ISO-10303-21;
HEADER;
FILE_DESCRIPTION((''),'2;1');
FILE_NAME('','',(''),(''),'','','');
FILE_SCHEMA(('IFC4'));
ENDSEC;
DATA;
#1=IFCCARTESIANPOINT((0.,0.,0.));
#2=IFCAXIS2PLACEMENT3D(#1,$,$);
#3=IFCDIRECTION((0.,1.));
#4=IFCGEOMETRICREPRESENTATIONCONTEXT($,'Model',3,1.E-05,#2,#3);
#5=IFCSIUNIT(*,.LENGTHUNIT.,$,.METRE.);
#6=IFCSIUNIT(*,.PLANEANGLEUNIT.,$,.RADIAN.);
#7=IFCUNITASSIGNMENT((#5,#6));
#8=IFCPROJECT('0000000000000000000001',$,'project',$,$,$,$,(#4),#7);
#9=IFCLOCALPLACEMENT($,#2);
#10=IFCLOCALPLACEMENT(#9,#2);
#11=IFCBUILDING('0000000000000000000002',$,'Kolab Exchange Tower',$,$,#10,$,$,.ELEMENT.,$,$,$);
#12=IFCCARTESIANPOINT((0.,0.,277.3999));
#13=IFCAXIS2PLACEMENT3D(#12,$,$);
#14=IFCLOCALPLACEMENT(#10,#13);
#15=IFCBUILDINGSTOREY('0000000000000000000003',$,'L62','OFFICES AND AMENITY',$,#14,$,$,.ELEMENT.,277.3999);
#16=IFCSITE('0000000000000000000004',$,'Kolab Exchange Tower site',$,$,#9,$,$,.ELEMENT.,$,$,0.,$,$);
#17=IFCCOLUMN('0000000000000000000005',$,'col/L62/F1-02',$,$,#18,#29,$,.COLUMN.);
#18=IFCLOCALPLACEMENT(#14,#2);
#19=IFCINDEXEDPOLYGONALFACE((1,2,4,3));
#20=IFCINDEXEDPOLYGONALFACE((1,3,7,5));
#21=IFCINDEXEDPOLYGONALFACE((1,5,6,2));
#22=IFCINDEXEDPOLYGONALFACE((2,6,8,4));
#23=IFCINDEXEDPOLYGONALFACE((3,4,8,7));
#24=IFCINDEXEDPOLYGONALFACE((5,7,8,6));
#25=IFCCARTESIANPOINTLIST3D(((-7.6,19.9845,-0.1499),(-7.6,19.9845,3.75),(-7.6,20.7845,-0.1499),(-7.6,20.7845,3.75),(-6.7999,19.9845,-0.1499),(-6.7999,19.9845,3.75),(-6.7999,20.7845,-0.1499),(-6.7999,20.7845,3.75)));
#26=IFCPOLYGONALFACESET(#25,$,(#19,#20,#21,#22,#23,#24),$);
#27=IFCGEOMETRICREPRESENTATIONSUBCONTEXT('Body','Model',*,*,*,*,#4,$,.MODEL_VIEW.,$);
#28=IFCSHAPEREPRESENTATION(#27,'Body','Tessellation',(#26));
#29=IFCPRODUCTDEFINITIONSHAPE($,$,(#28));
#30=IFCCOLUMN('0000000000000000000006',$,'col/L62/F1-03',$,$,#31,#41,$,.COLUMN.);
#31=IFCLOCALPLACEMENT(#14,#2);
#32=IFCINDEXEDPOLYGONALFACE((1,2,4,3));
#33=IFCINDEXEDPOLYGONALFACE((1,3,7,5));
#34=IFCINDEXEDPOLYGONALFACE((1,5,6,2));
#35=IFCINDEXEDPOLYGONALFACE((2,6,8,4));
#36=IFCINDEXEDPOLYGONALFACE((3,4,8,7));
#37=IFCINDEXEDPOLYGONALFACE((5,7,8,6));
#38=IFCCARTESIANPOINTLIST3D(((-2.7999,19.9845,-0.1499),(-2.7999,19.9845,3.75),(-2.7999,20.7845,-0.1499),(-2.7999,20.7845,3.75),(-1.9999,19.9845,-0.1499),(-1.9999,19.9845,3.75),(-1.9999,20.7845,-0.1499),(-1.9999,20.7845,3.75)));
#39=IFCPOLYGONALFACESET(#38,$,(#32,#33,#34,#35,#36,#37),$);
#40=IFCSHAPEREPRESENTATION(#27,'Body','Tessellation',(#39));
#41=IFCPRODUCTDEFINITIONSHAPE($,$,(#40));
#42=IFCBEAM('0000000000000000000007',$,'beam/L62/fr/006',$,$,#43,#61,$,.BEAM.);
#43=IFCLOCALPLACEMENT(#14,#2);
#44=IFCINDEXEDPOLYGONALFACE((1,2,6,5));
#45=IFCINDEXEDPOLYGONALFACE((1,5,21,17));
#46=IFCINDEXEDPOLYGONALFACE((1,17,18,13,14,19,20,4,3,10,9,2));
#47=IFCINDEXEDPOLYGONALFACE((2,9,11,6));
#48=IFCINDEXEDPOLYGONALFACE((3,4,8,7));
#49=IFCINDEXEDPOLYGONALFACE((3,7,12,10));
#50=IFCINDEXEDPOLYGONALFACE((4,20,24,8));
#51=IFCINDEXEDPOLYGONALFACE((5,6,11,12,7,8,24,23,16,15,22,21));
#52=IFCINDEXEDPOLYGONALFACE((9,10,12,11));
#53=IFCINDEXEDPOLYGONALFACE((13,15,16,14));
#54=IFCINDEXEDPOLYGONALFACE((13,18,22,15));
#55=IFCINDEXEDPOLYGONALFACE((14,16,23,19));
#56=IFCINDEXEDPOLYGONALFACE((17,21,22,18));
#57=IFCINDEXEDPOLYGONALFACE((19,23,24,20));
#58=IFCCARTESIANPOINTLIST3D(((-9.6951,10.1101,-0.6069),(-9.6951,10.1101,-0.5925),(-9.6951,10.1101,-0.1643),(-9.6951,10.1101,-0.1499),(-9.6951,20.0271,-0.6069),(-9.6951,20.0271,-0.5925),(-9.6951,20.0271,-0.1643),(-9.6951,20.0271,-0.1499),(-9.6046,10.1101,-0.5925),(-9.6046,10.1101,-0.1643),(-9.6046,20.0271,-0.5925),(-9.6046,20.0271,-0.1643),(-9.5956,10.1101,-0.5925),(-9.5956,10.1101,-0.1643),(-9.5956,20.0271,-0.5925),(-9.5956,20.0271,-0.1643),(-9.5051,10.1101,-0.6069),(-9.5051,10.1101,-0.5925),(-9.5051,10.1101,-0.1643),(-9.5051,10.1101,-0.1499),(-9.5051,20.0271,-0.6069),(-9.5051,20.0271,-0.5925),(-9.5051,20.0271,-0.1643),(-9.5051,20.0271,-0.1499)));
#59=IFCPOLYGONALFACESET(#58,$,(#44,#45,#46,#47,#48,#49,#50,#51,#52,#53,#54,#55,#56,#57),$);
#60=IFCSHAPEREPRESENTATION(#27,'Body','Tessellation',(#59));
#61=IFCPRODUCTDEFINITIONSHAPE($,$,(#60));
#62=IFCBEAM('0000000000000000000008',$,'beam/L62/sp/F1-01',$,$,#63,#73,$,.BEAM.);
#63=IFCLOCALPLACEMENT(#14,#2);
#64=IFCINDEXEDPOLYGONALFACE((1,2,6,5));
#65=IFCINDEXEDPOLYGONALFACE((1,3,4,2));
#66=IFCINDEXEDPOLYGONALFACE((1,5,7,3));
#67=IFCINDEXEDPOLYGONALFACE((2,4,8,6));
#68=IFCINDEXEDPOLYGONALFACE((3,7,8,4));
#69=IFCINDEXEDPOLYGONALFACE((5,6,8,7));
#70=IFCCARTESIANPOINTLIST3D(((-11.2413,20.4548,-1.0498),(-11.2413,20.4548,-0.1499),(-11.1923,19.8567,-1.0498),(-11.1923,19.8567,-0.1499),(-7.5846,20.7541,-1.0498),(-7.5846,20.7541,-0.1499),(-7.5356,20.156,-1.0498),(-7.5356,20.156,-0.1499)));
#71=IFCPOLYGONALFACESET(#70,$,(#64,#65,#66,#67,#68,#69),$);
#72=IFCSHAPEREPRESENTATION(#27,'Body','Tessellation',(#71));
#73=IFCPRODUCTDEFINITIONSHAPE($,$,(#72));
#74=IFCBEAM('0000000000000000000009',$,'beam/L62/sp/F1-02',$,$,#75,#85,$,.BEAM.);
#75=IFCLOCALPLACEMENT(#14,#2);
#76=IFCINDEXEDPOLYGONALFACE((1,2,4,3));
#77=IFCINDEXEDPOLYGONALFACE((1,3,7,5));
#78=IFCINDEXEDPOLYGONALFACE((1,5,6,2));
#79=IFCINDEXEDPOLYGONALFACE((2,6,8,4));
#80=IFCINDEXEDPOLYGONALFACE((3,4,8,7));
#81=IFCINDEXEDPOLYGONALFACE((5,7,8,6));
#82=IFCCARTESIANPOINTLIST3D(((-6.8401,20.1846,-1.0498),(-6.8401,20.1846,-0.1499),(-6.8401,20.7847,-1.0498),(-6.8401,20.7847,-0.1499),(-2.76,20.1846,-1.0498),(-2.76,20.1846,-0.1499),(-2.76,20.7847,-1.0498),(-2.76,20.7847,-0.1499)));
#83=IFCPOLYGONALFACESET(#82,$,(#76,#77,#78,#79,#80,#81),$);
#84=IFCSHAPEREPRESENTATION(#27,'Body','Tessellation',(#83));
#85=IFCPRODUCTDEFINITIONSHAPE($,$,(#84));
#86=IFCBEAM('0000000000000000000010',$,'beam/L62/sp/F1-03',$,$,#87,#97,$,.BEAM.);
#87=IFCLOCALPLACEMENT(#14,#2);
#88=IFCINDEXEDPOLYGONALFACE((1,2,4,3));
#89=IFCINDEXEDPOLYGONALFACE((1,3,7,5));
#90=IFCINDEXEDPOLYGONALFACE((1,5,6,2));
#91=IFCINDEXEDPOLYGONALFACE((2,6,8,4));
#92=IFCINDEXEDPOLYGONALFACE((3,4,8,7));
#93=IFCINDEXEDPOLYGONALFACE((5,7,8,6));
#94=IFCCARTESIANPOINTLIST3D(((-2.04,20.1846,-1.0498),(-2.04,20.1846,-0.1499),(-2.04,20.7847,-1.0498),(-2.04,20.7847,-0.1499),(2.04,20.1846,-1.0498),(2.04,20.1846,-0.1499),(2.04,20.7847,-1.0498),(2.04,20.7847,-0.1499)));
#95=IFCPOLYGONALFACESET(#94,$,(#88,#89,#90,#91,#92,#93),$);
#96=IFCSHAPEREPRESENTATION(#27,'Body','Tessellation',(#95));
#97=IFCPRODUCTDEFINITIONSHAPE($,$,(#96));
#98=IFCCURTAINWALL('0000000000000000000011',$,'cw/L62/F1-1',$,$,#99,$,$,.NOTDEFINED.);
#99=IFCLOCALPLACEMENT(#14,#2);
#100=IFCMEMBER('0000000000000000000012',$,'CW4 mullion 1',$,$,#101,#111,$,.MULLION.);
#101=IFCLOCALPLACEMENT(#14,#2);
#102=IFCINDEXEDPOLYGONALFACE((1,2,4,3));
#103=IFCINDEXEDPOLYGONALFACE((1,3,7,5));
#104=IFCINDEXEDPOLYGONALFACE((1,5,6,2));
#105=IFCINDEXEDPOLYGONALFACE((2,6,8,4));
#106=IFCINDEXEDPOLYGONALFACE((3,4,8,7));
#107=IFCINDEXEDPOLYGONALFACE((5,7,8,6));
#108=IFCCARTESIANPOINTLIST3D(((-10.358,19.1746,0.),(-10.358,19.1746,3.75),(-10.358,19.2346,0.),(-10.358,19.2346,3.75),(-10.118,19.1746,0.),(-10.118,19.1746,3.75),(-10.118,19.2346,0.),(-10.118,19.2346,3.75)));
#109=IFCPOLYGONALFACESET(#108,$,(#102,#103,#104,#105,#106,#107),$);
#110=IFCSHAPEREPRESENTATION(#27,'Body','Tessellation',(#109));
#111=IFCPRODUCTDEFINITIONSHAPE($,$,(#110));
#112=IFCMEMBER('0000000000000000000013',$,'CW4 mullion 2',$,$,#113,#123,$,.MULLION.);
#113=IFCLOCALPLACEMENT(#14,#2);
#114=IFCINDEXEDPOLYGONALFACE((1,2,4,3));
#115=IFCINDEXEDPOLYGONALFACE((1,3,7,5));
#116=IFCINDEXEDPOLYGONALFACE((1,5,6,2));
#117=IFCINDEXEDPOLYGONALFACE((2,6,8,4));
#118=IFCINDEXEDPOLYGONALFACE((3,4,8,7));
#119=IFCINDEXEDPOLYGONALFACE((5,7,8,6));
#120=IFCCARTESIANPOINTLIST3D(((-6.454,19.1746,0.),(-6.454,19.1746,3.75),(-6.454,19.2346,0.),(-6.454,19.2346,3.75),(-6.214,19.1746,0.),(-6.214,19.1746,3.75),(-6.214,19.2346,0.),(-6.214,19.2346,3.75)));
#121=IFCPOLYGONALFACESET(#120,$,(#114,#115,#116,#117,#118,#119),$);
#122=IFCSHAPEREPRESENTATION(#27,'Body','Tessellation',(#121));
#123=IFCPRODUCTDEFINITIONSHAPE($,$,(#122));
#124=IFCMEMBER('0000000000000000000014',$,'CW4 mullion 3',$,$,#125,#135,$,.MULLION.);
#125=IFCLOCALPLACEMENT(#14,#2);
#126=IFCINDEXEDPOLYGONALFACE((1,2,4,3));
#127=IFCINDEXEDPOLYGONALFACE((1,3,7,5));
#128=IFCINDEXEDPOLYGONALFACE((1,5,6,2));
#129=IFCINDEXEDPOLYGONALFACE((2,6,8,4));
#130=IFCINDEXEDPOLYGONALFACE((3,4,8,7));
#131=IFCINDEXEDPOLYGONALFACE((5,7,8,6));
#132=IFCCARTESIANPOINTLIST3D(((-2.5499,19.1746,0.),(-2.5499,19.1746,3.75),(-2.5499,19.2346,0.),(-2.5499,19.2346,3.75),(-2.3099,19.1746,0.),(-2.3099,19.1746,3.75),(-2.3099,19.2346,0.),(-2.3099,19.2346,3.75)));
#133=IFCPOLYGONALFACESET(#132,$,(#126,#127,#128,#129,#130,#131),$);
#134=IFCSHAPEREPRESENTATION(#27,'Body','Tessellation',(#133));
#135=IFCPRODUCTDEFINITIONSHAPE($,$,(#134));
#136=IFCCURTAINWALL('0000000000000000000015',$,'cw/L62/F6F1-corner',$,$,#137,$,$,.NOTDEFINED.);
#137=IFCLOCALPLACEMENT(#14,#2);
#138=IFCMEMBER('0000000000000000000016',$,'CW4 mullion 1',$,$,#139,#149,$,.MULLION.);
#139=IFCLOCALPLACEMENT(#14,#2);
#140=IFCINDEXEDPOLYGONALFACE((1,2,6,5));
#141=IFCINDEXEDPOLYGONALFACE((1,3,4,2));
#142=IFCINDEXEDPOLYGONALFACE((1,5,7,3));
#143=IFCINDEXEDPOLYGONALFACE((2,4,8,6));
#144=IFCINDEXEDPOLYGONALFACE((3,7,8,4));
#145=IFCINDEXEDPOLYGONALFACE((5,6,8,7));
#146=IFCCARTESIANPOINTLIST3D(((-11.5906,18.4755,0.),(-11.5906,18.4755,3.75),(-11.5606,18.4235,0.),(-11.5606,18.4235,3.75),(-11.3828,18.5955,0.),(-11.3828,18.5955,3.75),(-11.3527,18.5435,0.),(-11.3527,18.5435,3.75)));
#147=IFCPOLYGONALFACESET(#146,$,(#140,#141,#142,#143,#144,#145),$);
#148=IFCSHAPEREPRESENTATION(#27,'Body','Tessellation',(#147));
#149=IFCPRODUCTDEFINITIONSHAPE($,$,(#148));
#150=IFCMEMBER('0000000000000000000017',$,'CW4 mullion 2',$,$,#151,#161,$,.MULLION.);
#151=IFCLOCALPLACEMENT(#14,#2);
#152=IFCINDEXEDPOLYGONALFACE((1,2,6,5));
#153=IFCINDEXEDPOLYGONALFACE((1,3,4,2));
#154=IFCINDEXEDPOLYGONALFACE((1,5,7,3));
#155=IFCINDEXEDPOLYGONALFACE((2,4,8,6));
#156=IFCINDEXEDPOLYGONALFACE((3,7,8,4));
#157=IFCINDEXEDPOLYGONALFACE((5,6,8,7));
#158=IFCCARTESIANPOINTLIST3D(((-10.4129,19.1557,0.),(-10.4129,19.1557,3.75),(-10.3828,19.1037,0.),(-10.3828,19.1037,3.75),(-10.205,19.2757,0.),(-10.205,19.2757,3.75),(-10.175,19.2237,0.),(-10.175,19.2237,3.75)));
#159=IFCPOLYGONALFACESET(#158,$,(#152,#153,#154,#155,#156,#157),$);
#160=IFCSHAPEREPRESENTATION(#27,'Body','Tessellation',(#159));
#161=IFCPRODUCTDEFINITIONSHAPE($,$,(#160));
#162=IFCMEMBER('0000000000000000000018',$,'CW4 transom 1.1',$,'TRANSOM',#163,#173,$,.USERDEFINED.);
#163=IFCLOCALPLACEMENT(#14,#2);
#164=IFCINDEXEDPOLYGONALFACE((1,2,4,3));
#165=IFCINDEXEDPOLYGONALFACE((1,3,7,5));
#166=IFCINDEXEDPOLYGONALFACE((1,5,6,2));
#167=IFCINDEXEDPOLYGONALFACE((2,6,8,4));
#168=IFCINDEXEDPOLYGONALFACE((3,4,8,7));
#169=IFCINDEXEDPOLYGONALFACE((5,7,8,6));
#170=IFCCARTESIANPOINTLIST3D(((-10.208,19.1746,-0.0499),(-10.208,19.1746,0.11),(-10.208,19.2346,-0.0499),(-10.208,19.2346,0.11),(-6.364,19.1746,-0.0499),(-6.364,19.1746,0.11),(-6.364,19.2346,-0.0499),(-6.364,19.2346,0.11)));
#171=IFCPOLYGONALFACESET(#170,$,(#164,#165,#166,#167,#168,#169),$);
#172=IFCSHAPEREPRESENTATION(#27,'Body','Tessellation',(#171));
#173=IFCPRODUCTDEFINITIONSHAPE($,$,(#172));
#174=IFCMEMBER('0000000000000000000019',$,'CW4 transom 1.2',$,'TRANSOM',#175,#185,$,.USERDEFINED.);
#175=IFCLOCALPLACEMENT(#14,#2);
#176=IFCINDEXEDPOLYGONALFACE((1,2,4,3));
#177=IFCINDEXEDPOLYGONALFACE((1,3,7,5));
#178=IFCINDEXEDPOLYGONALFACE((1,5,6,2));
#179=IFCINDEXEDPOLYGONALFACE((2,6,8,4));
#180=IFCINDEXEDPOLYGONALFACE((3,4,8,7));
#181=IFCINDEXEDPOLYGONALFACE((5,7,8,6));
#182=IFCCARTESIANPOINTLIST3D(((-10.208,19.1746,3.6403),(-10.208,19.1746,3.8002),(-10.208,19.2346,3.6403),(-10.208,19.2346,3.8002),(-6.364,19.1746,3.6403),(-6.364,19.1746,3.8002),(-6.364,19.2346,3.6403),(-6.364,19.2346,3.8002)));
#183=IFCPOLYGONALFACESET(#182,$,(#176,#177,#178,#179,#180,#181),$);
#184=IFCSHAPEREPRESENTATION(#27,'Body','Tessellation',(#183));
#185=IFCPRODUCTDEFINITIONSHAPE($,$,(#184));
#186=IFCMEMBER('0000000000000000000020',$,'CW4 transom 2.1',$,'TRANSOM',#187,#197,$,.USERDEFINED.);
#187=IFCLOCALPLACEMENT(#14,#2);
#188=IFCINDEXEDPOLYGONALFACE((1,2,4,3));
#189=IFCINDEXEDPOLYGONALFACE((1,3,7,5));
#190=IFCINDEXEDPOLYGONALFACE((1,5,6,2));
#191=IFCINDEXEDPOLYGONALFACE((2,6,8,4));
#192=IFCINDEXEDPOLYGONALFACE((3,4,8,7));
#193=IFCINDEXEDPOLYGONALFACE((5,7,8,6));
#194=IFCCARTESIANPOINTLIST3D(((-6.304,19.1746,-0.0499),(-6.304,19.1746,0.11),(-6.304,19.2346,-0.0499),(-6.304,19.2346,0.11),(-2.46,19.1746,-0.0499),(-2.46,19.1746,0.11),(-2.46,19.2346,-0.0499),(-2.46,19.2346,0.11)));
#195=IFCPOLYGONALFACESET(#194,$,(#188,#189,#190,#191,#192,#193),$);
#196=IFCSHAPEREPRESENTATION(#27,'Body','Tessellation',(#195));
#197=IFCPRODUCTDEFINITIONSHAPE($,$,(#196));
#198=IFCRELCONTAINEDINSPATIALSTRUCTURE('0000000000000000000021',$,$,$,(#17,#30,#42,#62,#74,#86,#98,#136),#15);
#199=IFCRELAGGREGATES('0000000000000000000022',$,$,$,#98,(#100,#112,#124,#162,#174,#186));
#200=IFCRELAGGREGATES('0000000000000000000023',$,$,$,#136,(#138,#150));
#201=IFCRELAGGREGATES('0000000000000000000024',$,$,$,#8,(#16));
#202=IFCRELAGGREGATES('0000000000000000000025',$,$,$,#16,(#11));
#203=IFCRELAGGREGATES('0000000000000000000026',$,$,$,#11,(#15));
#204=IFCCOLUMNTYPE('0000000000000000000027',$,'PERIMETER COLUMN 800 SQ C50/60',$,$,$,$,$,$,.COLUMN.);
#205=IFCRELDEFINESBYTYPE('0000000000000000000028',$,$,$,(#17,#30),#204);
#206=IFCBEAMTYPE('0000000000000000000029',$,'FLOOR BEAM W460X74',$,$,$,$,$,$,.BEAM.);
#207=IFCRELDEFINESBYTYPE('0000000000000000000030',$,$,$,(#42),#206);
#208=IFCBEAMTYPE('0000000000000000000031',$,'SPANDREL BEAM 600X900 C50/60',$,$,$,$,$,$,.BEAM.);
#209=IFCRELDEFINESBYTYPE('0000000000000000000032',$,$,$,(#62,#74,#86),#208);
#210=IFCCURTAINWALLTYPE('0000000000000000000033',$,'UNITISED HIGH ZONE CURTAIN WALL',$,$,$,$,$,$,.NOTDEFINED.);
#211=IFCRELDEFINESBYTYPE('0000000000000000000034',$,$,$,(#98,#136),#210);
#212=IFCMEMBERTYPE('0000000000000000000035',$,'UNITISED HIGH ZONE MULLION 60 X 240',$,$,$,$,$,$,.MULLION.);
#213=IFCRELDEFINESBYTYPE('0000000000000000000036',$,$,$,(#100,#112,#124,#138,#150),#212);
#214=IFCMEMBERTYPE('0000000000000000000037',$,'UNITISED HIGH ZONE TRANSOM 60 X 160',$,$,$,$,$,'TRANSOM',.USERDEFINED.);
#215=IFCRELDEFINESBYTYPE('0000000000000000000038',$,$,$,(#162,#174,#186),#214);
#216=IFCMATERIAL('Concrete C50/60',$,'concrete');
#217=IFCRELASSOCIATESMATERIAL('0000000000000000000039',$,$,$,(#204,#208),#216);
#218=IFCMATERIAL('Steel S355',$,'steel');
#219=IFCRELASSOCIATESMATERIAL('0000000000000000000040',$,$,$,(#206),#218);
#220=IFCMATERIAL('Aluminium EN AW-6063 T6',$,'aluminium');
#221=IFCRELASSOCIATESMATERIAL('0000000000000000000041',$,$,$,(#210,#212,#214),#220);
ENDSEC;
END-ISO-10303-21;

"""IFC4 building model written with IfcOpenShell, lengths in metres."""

from ifc_helpers import new_model, si_unit, direction, frame, origin, origin_2d, place, context, subcontext, project, spatial, rectangle, i_section, extrude, material, material_profile, profile_set, type_object, element, aggregate, save


model = new_model("IFC4")

# Units and contexts
model_context = context("Model", 3, precision=1e-05, world=origin(), true_north=direction((0.0, 1.0)))
body_context = subcontext(model_context, "Body", "Model", "MODEL_VIEW")
ifc_project = project(units=[si_unit("LENGTHUNIT", "METRE"), si_unit("PLANEANGLEUNIT", "RADIAN")], contexts=[model_context])

# Site, building, storey
site_placement = place(None, origin())
site = spatial("IfcSite", under=ifc_project, at=site_placement, Name="Kolab Exchange Tower site", CompositionType="ELEMENT", RefElevation=0.0)
building_placement = place(site_placement, origin())
building = spatial("IfcBuilding", under=site, at=building_placement, Name="Kolab Exchange Tower", CompositionType="ELEMENT")
storey_placement = place(building_placement, frame((0.0, 0.0, 277.3999)))
storey = spatial("IfcBuildingStorey", under=building, at=storey_placement, Name="L62", Description="OFFICES AND AMENITY", CompositionType="ELEMENT", Elevation=277.3999)

# Columns
ifc_material_1 = material(Name="Concrete C50/60", Category="concrete")
ifc_material_profile_1 = material_profile(ifc_material_1, rectangle(XDim=0.8, YDim=0.8, at=origin_2d()), Name="RC800")
ifc_profile_set_1 = profile_set([ifc_material_profile_1], Name="Concrete C50/60")
column_type = type_object("IfcColumnType", Name="PERIMETER COLUMN 800 SQ C50/60", PredefinedType="COLUMN", material=ifc_profile_set_1)
for number, where, z_axis, x_axis, name in (
    (1, (-7.2, 20.3845, -0.1499), (0.0, 0.0, 1.0), (1.0, 0.0, 0.0), "col/L62/F1-02"),
    (2, (-2.3999, 20.3845, -0.1499), (0.0, 0.0, 1.0), (1.0, 0.0, 0.0), "col/L62/F1-03"),
):
    element("IfcColumn", number, at=place(storey_placement, frame(where, z_axis=z_axis, x_axis=x_axis)), inside=storey, type_object=column_type, Name=name, PredefinedType="COLUMN", context=body_context, shape_type="SweptSolid", body=[
        extrude(rectangle(XDim=0.8, YDim=0.8, at=origin_2d()), origin(), (0.0, 0.0, 1.0), 3.8999),
    ])

# Beams
ifc_material_2 = material(Name="Steel S355", Category="steel")
ifc_material_profile_2 = material_profile(ifc_material_2, i_section(OverallWidth=0.1899, OverallDepth=0.457, WebThickness=0.009, FlangeThickness=0.0144, at=origin_2d()), Name="W460X74")
ifc_profile_set_2 = profile_set([ifc_material_profile_2], Name="Steel S355")
beam_type_1 = type_object("IfcBeamType", Name="FLOOR BEAM W460X74", PredefinedType="BEAM", material=ifc_profile_set_2)
beam_1_placement = place(storey_placement, frame((-9.6001, 10.1101, -0.3784), z_axis=(0.0, 1.0, 0.0), x_axis=(-1.0, 0.0, 0.0)))
element("IfcBeam", 3, at=beam_1_placement, inside=storey, type_object=beam_type_1, Name="beam/L62/fr/006", PredefinedType="BEAM", context=body_context, shape_type="SweptSolid", body=[
    extrude(i_section(OverallWidth=0.1899, OverallDepth=0.457, WebThickness=0.009, FlangeThickness=0.0144, at=origin_2d()), origin(), (0.0, 0.0, 1.0), 9.917),
])
ifc_material_profile_3 = material_profile(ifc_material_1, rectangle(XDim=0.6001, YDim=0.8999, at=origin_2d()), Name="RC600X900")
ifc_profile_set_3 = profile_set([ifc_material_profile_3], Name="Concrete C50/60")
beam_type_2 = type_object("IfcBeamType", Name="SPANDREL BEAM 600X900 C50/60", PredefinedType="BEAM", material=ifc_profile_set_3)
beam_2_placement = place(storey_placement, frame((-11.2168, 20.1558, -0.5999), z_axis=(0.996667, 0.081581, 0.0), x_axis=(-0.081581, 0.996667, 0.0)))
element("IfcBeam", 4, at=beam_2_placement, inside=storey, type_object=beam_type_2, Name="beam/L62/sp/F1-01", PredefinedType="BEAM", context=body_context, shape_type="SweptSolid", body=[
    extrude(rectangle(XDim=0.6001, YDim=0.8999, at=origin_2d()), origin(), (0.0, 0.0, 1.0), 3.6689),
])
for number, where, z_axis, x_axis, name in (
    (5, (-6.8401, 20.4846, -0.5999), (1.0, 0.0, 0.0), (0.0, 1.0, 0.0), "beam/L62/sp/F1-02"),
    (6, (-2.04, 20.4846, -0.5999), (1.0, 0.0, 0.0), (0.0, 1.0, 0.0), "beam/L62/sp/F1-03"),
):
    element("IfcBeam", number, at=place(storey_placement, frame(where, z_axis=z_axis, x_axis=x_axis)), inside=storey, type_object=beam_type_2, Name=name, PredefinedType="BEAM", context=body_context, shape_type="SweptSolid", body=[
        extrude(rectangle(XDim=0.6001, YDim=0.8999, at=origin_2d()), origin(), (0.0, 0.0, 1.0), 4.0801),
    ])

# Curtain walls, members
ifc_material_3 = material(Name="Aluminium EN AW-6063 T6", Category="aluminium")
curtain_wall_type = type_object("IfcCurtainWallType", Name="UNITISED HIGH ZONE CURTAIN WALL", PredefinedType="NOTDEFINED", material=ifc_material_3)
curtain_wall_1_placement = place(storey_placement, origin())
curtain_wall_1 = element("IfcCurtainWall", 7, at=curtain_wall_1_placement, inside=storey, type_object=curtain_wall_type, Name="cw/L62/F1-1", PredefinedType="NOTDEFINED")
ifc_material_profile_4 = material_profile(ifc_material_3, rectangle(XDim=0.0601, YDim=0.24, at=origin_2d()), Name="RECT 60X240")
ifc_profile_set_4 = profile_set([ifc_material_profile_4], Name="Aluminium EN AW-6063 T6")
member_type_1 = type_object("IfcMemberType", Name="UNITISED HIGH ZONE MULLION 60 X 240", PredefinedType="MULLION", material=ifc_profile_set_4)
member_1_placement = place(storey_placement, frame((-10.238, 19.2046, 0.0), z_axis=(0.0, 0.0, 1.0), x_axis=(0.0, 1.0, 0.0)))
member_1 = element("IfcMember", 8, at=member_1_placement, type_object=member_type_1, Name="CW4 mullion 1", PredefinedType="MULLION", context=body_context, shape_type="SweptSolid", body=[
    extrude(rectangle(XDim=0.0601, YDim=0.24, at=origin_2d()), origin(), (0.0, 0.0, 1.0), 3.75),
])
member_2_placement = place(storey_placement, frame((-6.334, 19.2046, 0.0), z_axis=(0.0, 0.0, 1.0), x_axis=(0.0, 1.0, 0.0)))
member_2 = element("IfcMember", 9, at=member_2_placement, type_object=member_type_1, Name="CW4 mullion 2", PredefinedType="MULLION", context=body_context, shape_type="SweptSolid", body=[
    extrude(rectangle(XDim=0.0601, YDim=0.24, at=origin_2d()), origin(), (0.0, 0.0, 1.0), 3.75),
])
member_3_placement = place(storey_placement, frame((-2.4299, 19.2046, 0.0), z_axis=(0.0, 0.0, 1.0), x_axis=(0.0, 1.0, 0.0)))
member_3 = element("IfcMember", 10, at=member_3_placement, type_object=member_type_1, Name="CW4 mullion 3", PredefinedType="MULLION", context=body_context, shape_type="SweptSolid", body=[
    extrude(rectangle(XDim=0.0601, YDim=0.24, at=origin_2d()), origin(), (0.0, 0.0, 1.0), 3.75),
])
curtain_wall_2_placement = place(storey_placement, origin())
curtain_wall_2 = element("IfcCurtainWall", 11, at=curtain_wall_2_placement, inside=storey, type_object=curtain_wall_type, Name="cw/L62/F6F1-corner", PredefinedType="NOTDEFINED")
member_4_placement = place(storey_placement, frame((-11.4717, 18.5095, 0.0), z_axis=(0.0, 0.0, 1.0), x_axis=(-0.5, 0.866025, 0.0)))
member_4 = element("IfcMember", 12, at=member_4_placement, type_object=member_type_1, Name="CW4 mullion 1", PredefinedType="MULLION", context=body_context, shape_type="SweptSolid", body=[
    extrude(rectangle(XDim=0.0601, YDim=0.24, at=origin_2d()), origin(), (0.0, 0.0, 1.0), 3.75),
])
member_5_placement = place(storey_placement, frame((-10.2939, 19.1897, 0.0), z_axis=(0.0, 0.0, 1.0), x_axis=(-0.5, 0.866025, 0.0)))
member_5 = element("IfcMember", 13, at=member_5_placement, type_object=member_type_1, Name="CW4 mullion 2", PredefinedType="MULLION", context=body_context, shape_type="SweptSolid", body=[
    extrude(rectangle(XDim=0.0601, YDim=0.24, at=origin_2d()), origin(), (0.0, 0.0, 1.0), 3.75),
])

# Members
ifc_material_profile_5 = material_profile(ifc_material_3, rectangle(XDim=0.0601, YDim=0.1599, at=origin_2d()), Name="RECT 60X160")
ifc_profile_set_5 = profile_set([ifc_material_profile_5], Name="Aluminium EN AW-6063 T6")
member_type_2 = type_object("IfcMemberType", Name="UNITISED HIGH ZONE TRANSOM 60 X 160", ElementType="TRANSOM", PredefinedType="USERDEFINED", material=ifc_profile_set_5)
member_6_placement = place(storey_placement, frame((-10.208, 19.2046, 0.03), z_axis=(1.0, 0.0, 0.0), x_axis=(0.0, 1.0, 0.0)))
member_6 = element("IfcMember", 14, at=member_6_placement, type_object=member_type_2, Name="CW4 transom 1.1", ObjectType="TRANSOM", PredefinedType="USERDEFINED", context=body_context, shape_type="SweptSolid", body=[
    extrude(rectangle(XDim=0.0601, YDim=0.1599, at=origin_2d()), origin(), (0.0, 0.0, 1.0), 3.844),
])
member_7_placement = place(storey_placement, frame((-10.208, 19.2046, 3.7202), z_axis=(1.0, 0.0, 0.0), x_axis=(0.0, 1.0, 0.0)))
member_7 = element("IfcMember", 15, at=member_7_placement, type_object=member_type_2, Name="CW4 transom 1.2", ObjectType="TRANSOM", PredefinedType="USERDEFINED", context=body_context, shape_type="SweptSolid", body=[
    extrude(rectangle(XDim=0.0601, YDim=0.1599, at=origin_2d()), origin(), (0.0, 0.0, 1.0), 3.844),
])
member_8_placement = place(storey_placement, frame((-6.304, 19.2046, 0.03), z_axis=(1.0, 0.0, 0.0), x_axis=(0.0, 1.0, 0.0)))
member_8 = element("IfcMember", 16, at=member_8_placement, type_object=member_type_2, Name="CW4 transom 2.1", ObjectType="TRANSOM", PredefinedType="USERDEFINED", context=body_context, shape_type="SweptSolid", body=[
    extrude(rectangle(XDim=0.0601, YDim=0.1599, at=origin_2d()), origin(), (0.0, 0.0, 1.0), 3.844),
])

aggregate(curtain_wall_1, [member_1, member_2, member_3, member_6, member_7, member_8])
aggregate(curtain_wall_2, [member_4, member_5])

save(model, "model.ifc")
